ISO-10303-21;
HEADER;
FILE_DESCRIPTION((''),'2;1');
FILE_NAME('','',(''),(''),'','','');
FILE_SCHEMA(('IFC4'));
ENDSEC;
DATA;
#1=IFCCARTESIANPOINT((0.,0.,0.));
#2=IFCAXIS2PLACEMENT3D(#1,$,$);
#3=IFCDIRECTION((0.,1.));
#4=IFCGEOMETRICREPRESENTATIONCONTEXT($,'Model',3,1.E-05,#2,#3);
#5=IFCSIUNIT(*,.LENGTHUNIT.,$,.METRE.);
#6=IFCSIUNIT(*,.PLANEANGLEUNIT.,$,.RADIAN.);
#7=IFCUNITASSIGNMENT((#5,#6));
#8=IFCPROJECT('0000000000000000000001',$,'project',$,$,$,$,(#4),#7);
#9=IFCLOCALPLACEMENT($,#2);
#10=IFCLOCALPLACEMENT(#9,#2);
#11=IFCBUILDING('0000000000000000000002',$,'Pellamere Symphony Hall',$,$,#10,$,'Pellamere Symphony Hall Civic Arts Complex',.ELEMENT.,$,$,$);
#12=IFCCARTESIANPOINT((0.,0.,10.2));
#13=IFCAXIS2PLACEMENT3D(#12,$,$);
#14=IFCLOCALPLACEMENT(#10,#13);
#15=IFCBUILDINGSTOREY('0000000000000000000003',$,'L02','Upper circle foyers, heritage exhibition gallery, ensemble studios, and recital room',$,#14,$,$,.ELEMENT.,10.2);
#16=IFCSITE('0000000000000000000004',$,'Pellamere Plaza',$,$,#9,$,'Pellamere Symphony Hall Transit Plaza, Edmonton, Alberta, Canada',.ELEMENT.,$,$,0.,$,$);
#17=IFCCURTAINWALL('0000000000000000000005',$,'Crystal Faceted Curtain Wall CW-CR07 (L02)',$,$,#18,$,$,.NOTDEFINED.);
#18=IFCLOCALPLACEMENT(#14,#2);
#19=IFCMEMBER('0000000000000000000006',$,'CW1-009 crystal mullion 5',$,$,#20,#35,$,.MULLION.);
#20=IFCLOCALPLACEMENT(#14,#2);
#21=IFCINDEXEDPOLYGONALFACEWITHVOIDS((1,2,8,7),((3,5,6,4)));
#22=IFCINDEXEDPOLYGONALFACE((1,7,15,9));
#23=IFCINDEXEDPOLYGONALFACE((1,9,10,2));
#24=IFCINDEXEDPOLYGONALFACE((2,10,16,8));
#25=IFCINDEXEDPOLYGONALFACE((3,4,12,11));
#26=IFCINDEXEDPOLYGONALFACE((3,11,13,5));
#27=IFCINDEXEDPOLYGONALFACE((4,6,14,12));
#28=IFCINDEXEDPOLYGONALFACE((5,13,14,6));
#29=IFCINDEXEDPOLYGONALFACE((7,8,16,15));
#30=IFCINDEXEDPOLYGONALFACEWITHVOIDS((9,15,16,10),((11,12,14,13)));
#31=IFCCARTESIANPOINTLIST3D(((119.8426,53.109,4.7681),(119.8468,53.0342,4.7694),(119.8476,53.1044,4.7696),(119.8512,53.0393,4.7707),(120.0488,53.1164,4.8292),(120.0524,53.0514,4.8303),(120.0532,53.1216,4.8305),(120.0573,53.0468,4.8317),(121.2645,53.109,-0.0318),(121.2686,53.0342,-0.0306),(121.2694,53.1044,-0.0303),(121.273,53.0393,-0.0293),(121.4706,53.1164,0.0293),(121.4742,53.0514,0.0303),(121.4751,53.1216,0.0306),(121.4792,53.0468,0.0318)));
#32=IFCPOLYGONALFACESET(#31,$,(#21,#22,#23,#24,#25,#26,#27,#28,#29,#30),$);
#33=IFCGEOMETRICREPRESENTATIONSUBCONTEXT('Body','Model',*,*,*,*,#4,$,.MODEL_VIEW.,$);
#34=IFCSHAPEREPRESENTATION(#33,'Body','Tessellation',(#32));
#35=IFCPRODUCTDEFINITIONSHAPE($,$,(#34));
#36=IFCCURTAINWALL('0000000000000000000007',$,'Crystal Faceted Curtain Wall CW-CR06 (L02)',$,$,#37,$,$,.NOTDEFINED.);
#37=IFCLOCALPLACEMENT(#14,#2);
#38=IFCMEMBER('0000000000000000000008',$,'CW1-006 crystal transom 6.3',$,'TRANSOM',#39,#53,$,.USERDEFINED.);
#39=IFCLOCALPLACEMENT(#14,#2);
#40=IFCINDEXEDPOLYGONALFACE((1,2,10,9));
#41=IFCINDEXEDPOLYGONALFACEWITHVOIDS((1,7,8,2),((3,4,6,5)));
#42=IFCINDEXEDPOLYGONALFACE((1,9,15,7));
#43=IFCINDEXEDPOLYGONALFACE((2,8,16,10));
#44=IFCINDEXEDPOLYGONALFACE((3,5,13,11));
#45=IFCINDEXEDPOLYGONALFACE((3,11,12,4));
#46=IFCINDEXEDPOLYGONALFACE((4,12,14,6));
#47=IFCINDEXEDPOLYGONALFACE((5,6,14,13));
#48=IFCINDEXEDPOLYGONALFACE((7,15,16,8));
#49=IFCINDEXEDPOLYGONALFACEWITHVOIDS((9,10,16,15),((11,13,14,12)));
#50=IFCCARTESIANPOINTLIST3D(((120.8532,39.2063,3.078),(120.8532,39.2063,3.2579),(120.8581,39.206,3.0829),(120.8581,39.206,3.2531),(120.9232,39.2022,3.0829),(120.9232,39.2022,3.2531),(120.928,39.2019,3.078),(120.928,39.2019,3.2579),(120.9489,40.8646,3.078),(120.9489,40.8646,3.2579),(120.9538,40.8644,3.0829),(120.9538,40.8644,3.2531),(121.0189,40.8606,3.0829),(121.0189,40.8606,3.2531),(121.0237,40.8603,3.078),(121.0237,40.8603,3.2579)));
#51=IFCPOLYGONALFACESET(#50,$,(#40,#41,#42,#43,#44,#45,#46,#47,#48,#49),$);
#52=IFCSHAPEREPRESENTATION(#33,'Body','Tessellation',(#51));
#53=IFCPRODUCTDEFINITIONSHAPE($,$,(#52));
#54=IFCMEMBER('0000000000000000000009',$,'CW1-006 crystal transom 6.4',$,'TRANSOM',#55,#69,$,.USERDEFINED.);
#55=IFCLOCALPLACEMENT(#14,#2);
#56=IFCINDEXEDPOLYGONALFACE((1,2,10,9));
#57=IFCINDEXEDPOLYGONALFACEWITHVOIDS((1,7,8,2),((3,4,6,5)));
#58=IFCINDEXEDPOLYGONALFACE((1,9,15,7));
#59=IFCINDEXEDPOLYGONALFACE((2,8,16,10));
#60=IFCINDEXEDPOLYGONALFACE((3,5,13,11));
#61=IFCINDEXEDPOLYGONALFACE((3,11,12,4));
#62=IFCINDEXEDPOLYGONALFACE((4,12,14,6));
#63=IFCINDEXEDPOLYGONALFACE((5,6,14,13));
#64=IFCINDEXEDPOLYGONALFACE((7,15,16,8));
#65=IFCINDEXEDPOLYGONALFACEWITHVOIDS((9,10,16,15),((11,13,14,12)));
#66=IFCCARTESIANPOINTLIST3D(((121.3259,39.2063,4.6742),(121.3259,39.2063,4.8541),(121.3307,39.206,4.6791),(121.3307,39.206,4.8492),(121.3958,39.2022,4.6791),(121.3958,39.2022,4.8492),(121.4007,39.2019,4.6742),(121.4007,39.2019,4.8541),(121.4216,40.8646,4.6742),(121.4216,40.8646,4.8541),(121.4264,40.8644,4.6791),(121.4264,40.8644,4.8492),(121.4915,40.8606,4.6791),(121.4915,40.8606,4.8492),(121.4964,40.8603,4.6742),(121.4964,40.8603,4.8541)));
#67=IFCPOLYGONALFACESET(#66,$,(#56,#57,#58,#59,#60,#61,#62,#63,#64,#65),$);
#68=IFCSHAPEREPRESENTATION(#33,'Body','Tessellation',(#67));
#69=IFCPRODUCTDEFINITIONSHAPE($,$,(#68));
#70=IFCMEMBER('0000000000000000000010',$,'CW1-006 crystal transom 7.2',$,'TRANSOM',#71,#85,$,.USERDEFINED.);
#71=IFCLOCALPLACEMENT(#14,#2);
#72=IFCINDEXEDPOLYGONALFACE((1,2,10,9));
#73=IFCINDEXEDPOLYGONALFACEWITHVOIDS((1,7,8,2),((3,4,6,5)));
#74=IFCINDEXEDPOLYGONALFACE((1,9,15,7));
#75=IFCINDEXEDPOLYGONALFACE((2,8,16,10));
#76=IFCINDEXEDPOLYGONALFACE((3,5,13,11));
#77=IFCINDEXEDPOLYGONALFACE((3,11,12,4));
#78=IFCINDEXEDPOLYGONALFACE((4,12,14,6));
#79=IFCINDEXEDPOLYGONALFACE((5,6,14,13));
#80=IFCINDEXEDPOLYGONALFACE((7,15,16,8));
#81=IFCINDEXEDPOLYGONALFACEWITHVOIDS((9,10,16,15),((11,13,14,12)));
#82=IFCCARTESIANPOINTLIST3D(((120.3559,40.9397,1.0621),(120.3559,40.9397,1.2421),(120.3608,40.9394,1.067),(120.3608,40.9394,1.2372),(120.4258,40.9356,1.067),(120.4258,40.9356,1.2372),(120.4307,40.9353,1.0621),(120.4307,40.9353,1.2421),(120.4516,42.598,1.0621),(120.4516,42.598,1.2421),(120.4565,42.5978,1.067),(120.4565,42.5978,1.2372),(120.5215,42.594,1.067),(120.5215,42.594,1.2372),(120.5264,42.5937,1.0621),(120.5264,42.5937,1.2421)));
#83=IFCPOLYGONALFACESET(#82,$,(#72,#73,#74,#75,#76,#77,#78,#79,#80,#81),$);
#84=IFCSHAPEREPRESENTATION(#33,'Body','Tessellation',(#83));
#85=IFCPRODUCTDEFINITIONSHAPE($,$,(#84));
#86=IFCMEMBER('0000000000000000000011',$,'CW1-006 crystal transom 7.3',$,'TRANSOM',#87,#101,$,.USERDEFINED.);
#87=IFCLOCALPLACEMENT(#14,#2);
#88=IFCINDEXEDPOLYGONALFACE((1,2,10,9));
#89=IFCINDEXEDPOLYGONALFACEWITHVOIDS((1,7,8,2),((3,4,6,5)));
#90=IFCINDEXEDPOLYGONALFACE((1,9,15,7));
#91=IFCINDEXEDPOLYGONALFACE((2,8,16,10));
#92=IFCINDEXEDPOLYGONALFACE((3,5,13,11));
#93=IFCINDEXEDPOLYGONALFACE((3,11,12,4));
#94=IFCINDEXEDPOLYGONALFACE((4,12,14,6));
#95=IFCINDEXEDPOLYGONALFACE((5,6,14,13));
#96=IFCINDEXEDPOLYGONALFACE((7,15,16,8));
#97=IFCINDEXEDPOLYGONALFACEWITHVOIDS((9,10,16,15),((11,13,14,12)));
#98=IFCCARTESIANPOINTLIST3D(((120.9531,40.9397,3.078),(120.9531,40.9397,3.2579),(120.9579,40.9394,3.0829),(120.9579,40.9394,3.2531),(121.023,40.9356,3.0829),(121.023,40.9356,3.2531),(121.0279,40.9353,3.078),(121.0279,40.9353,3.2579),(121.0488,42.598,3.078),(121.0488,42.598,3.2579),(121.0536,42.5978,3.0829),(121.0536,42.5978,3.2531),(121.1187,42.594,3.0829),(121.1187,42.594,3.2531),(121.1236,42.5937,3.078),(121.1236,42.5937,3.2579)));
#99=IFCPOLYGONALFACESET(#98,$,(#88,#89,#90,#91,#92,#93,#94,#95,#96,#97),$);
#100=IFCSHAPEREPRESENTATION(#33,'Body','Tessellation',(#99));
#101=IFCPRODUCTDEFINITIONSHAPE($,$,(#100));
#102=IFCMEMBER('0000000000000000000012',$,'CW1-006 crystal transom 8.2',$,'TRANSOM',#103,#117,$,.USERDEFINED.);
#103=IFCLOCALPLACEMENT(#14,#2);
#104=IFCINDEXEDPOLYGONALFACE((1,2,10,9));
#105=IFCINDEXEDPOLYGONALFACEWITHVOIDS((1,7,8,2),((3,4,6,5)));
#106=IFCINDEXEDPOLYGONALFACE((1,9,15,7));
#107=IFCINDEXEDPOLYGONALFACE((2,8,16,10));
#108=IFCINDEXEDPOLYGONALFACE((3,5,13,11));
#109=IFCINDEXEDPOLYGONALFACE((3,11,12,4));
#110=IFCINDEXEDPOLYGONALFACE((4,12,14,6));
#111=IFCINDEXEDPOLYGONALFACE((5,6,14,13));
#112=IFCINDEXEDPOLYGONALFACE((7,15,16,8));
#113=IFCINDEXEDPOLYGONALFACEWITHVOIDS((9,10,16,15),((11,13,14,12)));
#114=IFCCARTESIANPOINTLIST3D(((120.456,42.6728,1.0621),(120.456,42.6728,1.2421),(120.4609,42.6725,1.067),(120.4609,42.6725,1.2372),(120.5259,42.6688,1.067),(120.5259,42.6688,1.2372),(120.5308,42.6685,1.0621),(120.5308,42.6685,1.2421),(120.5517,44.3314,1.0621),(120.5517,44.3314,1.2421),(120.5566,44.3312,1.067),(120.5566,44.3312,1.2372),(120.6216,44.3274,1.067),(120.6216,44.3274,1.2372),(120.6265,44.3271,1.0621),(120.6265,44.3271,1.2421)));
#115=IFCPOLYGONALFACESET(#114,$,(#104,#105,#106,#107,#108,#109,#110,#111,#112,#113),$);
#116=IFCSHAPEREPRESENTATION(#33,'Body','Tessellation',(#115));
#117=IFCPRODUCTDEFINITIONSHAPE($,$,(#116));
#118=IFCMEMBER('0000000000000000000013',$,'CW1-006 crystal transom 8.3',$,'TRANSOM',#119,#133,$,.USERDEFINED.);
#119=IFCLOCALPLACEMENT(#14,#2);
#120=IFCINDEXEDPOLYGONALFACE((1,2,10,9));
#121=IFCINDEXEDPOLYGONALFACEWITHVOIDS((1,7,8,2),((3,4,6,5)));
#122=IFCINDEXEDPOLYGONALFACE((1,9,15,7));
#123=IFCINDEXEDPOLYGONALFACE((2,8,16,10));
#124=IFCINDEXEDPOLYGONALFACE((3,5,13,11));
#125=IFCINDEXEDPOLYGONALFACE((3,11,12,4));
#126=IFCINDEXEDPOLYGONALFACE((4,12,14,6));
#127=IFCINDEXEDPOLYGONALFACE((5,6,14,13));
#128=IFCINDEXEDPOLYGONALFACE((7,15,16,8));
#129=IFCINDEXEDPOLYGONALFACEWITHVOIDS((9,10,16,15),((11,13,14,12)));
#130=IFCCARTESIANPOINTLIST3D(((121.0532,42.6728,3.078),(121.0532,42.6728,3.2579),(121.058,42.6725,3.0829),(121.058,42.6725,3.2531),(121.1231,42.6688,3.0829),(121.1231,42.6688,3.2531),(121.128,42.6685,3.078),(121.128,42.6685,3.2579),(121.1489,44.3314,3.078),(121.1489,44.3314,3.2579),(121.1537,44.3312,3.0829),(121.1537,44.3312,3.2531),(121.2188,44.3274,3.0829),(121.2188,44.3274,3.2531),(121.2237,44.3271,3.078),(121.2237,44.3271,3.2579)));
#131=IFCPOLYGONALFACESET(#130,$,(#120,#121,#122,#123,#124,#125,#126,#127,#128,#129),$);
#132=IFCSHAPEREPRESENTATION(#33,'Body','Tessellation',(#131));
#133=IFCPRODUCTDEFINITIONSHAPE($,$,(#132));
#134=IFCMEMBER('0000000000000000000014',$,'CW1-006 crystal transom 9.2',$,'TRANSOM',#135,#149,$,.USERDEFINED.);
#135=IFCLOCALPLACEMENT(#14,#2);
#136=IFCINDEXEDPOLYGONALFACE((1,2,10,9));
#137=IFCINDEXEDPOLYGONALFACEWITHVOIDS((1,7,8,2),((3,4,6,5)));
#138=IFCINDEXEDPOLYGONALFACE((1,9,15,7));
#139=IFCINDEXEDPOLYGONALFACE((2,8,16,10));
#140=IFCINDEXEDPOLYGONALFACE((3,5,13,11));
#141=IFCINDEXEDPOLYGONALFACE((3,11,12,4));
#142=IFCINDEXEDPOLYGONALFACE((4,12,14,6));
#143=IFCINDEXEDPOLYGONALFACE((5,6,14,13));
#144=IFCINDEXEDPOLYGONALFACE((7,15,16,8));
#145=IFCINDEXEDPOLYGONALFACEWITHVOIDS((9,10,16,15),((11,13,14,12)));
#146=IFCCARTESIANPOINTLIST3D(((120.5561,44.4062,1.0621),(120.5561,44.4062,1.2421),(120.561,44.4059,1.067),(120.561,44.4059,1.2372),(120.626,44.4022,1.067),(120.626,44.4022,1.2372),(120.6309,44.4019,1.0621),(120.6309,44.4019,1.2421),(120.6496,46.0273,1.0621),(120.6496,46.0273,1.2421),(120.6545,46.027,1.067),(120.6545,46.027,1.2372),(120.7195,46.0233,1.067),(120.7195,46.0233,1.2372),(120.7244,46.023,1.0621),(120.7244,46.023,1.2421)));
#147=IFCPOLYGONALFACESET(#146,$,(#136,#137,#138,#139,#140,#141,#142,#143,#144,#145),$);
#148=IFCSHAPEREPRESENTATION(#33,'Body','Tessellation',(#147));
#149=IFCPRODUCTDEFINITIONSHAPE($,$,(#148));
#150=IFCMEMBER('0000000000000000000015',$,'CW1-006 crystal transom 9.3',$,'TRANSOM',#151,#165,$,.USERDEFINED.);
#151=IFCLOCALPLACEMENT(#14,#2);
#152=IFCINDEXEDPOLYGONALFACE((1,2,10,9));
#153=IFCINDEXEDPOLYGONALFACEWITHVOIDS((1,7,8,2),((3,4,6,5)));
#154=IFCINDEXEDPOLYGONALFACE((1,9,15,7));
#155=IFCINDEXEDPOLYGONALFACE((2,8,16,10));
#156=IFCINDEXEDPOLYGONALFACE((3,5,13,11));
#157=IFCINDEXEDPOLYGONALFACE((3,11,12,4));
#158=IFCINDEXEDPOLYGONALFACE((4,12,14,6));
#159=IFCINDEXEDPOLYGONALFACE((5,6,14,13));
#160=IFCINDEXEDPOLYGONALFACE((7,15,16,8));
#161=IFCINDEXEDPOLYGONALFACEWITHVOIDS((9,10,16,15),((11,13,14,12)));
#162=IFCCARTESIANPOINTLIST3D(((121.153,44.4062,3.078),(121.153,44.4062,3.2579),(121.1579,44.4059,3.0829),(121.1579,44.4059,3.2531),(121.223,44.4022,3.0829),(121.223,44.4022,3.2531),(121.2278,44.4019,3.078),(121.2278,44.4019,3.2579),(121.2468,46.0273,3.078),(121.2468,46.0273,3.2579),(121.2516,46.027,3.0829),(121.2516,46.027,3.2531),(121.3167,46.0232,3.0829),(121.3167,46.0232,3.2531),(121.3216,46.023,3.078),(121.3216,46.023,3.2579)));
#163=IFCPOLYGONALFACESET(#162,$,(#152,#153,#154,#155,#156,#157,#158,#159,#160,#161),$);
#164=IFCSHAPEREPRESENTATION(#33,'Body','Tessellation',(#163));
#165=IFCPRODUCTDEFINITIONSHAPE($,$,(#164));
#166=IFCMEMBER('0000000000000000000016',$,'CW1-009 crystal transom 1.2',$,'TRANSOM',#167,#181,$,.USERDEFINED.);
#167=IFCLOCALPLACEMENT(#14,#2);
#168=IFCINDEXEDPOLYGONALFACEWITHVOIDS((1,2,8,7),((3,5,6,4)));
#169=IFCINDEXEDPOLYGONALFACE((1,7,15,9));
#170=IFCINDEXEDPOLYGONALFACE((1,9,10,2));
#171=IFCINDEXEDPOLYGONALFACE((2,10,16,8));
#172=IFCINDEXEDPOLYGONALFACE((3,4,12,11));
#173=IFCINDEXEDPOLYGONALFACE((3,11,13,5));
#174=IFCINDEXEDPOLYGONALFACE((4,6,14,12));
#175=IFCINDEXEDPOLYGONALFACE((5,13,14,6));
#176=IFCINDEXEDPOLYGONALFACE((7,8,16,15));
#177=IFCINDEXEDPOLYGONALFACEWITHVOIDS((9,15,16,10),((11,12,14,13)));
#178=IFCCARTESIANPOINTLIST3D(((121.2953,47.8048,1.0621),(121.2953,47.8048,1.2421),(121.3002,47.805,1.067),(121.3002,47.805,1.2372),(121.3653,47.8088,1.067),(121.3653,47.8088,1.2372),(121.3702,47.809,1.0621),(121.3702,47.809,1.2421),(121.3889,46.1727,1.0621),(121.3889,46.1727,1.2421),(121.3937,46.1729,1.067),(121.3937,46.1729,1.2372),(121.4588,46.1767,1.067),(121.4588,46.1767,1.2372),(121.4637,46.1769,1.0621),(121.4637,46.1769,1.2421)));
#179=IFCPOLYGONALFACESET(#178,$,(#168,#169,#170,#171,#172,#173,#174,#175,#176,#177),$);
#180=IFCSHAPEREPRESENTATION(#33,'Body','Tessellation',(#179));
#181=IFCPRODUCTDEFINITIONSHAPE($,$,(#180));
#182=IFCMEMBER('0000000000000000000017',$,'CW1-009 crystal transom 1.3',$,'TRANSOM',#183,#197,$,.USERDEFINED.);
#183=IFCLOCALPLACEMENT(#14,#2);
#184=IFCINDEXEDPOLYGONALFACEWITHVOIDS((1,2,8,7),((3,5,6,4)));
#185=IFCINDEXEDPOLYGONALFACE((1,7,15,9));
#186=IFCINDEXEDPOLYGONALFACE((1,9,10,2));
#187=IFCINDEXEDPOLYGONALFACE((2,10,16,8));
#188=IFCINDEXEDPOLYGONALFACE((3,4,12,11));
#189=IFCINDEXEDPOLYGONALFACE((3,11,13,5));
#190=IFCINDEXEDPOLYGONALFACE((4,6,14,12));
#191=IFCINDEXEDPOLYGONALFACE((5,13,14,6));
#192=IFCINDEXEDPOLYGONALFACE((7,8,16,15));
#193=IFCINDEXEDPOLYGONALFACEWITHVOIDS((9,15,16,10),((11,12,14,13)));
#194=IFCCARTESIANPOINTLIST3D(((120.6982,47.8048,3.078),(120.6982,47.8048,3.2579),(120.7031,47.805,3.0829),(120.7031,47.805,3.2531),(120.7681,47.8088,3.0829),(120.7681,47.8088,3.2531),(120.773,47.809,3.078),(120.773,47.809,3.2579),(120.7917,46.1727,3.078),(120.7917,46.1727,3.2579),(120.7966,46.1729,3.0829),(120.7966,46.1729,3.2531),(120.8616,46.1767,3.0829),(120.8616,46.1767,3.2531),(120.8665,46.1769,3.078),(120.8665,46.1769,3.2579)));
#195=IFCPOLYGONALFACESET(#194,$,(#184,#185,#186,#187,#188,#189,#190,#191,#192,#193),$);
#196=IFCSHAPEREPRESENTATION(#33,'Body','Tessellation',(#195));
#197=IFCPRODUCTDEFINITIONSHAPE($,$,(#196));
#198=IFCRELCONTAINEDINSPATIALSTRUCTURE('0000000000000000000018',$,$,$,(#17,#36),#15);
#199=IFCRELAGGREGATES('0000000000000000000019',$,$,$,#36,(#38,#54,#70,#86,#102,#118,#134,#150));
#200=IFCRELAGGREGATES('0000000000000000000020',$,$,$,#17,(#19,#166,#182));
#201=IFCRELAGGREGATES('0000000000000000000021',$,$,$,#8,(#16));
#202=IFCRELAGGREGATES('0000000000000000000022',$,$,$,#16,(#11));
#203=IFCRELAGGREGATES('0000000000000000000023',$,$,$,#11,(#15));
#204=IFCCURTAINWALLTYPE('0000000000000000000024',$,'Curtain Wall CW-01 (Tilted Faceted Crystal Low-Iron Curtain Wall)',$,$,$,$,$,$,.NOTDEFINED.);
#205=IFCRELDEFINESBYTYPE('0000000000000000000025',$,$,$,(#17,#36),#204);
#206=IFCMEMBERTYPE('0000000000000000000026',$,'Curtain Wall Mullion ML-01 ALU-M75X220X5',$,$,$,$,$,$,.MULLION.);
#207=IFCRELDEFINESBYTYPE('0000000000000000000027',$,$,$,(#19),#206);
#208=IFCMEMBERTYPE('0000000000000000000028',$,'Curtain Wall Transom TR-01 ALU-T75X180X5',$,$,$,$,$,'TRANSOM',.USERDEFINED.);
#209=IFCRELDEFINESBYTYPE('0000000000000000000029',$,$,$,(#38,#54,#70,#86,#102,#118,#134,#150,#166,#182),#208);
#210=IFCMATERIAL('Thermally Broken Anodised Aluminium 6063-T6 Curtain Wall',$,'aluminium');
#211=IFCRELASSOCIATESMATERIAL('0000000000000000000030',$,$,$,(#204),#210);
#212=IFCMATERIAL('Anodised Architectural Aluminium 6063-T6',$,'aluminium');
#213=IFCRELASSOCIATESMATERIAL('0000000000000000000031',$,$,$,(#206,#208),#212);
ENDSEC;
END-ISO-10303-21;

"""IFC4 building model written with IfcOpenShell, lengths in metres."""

from ifc_helpers import new_model, si_unit, direction, frame, origin, origin_2d, place, context, subcontext, project, spatial, hollow_rectangle, extrude, material, material_profile, profile_set, type_object, element, aggregate, save


model = new_model("IFC4")

# Units and contexts
model_context = context("Model", 3, precision=1e-05, world=origin(), true_north=direction((0.0, 1.0)))
body_context = subcontext(model_context, "Body", "Model", "MODEL_VIEW")
ifc_project = project(units=[si_unit("LENGTHUNIT", "METRE"), si_unit("PLANEANGLEUNIT", "RADIAN")], contexts=[model_context])

# Site, building, storey
site_placement = place(None, origin())
site = spatial("IfcSite", under=ifc_project, at=site_placement, Name="Pellamere Plaza", LongName="Pellamere Symphony Hall Transit Plaza, Edmonton, Alberta, Canada", CompositionType="ELEMENT", RefElevation=0.0)
building_placement = place(site_placement, origin())
building = spatial("IfcBuilding", under=site, at=building_placement, Name="Pellamere Symphony Hall", LongName="Pellamere Symphony Hall Civic Arts Complex", CompositionType="ELEMENT")
storey_placement = place(building_placement, frame((0.0, 0.0, 10.2)))
storey = spatial("IfcBuildingStorey", under=building, at=storey_placement, Name="L02", Description="Upper circle foyers, heritage exhibition gallery, ensemble studios, and recital room", CompositionType="ELEMENT", Elevation=10.2)

# Curtain wall, member
ifc_material_1 = material(Name="Thermally Broken Anodised Aluminium 6063-T6 Curtain Wall", Category="aluminium")
curtain_wall_type = type_object("IfcCurtainWallType", Name="Curtain Wall CW-01 (Tilted Faceted Crystal Low-Iron Curtain Wall)", PredefinedType="NOTDEFINED", material=ifc_material_1)
curtain_wall_1_placement = place(storey_placement, origin())
curtain_wall_1 = element("IfcCurtainWall", 1, at=curtain_wall_1_placement, inside=storey, type_object=curtain_wall_type, Name="Crystal Faceted Curtain Wall CW-CR07 (L02)", PredefinedType="NOTDEFINED")
ifc_material_2 = material(Name="Anodised Architectural Aluminium 6063-T6", Category="aluminium")
ifc_material_profile_1 = material_profile(ifc_material_2, hollow_rectangle(XDim=0.075, YDim=0.22, WallThickness=0.0049, at=origin_2d()), Name="ALU-M75X220X5")
ifc_profile_set_1 = profile_set([ifc_material_profile_1], Name="Anodised Architectural Aluminium 6063-T6")
member_type_1 = type_object("IfcMemberType", Name="Curtain Wall Mullion ML-01 ALU-M75X220X5", PredefinedType="MULLION", material=ifc_profile_set_1)
member_1_placement = place(storey_placement, frame((121.3718, 53.0779, 0.0), z_axis=(-0.284022, 0.0, 0.958818), x_axis=(-0.054874, 0.998361, -0.016255)))
member_1 = element("IfcMember", 2, at=member_1_placement, type_object=member_type_1, Name="CW1-009 crystal mullion 5", PredefinedType="MULLION", context=body_context, shape_type="SweptSolid", body=[
    extrude(hollow_rectangle(XDim=0.075, YDim=0.22, WallThickness=0.0049, at=origin_2d()), origin(), (0.0, 0.0, 1.0), 5.0061),
])

# Curtain wall, members
curtain_wall_2_placement = place(storey_placement, origin())
curtain_wall_2 = element("IfcCurtainWall", 3, at=curtain_wall_2_placement, inside=storey, type_object=curtain_wall_type, Name="Crystal Faceted Curtain Wall CW-CR06 (L02)", PredefinedType="NOTDEFINED")
ifc_material_profile_2 = material_profile(ifc_material_2, hollow_rectangle(XDim=0.075, YDim=0.1799, WallThickness=0.0049, at=origin_2d()), Name="ALU-T75X180X5")
ifc_profile_set_2 = profile_set([ifc_material_profile_2], Name="Anodised Architectural Aluminium 6063-T6")
member_type_2 = type_object("IfcMemberType", Name="Curtain Wall Transom TR-01 ALU-T75X180X5", ElementType="TRANSOM", PredefinedType="USERDEFINED", material=ifc_profile_set_2)
member_2_placement = place(storey_placement, frame((120.8906, 39.2041, 3.168), z_axis=(0.057611, 0.998339, 0.0), x_axis=(-0.998339, 0.057611, 0.0)))
member_2 = element("IfcMember", 4, at=member_2_placement, type_object=member_type_2, Name="CW1-006 crystal transom 6.3", ObjectType="TRANSOM", PredefinedType="USERDEFINED", context=body_context, shape_type="SweptSolid", body=[
    extrude(hollow_rectangle(XDim=0.075, YDim=0.1799, WallThickness=0.0049, at=origin_2d()), origin(), (0.0, 0.0, 1.0), 1.6611),
])
member_3_placement = place(storey_placement, frame((121.3633, 39.2041, 4.7642), z_axis=(0.057611, 0.998339, 0.0), x_axis=(-0.998339, 0.057611, 0.0)))
member_3 = element("IfcMember", 5, at=member_3_placement, type_object=member_type_2, Name="CW1-006 crystal transom 6.4", ObjectType="TRANSOM", PredefinedType="USERDEFINED", context=body_context, shape_type="SweptSolid", body=[
    extrude(hollow_rectangle(XDim=0.075, YDim=0.1799, WallThickness=0.0049, at=origin_2d()), origin(), (0.0, 0.0, 1.0), 1.6611),
])
member_4_placement = place(storey_placement, frame((120.3933, 40.9375, 1.1521), z_axis=(0.057611, 0.998339, 0.0), x_axis=(-0.998339, 0.057611, 0.0)))
member_4 = element("IfcMember", 6, at=member_4_placement, type_object=member_type_2, Name="CW1-006 crystal transom 7.2", ObjectType="TRANSOM", PredefinedType="USERDEFINED", context=body_context, shape_type="SweptSolid", body=[
    extrude(hollow_rectangle(XDim=0.075, YDim=0.1799, WallThickness=0.0049, at=origin_2d()), origin(), (0.0, 0.0, 1.0), 1.6611),
])
member_5_placement = place(storey_placement, frame((120.9905, 40.9375, 3.168), z_axis=(0.057611, 0.998339, 0.0), x_axis=(-0.998339, 0.057611, 0.0)))
member_5 = element("IfcMember", 7, at=member_5_placement, type_object=member_type_2, Name="CW1-006 crystal transom 7.3", ObjectType="TRANSOM", PredefinedType="USERDEFINED", context=body_context, shape_type="SweptSolid", body=[
    extrude(hollow_rectangle(XDim=0.075, YDim=0.1799, WallThickness=0.0049, at=origin_2d()), origin(), (0.0, 0.0, 1.0), 1.6611),
])
member_6_placement = place(storey_placement, frame((120.4934, 42.6707, 1.1521), z_axis=(0.057602, 0.99834, 0.0), x_axis=(-0.99834, 0.057602, 0.0)))
member_6 = element("IfcMember", 8, at=member_6_placement, type_object=member_type_2, Name="CW1-006 crystal transom 8.2", ObjectType="TRANSOM", PredefinedType="USERDEFINED", context=body_context, shape_type="SweptSolid", body=[
    extrude(hollow_rectangle(XDim=0.075, YDim=0.1799, WallThickness=0.0049, at=origin_2d()), origin(), (0.0, 0.0, 1.0), 1.6614),
])
member_7_placement = place(storey_placement, frame((121.0906, 42.6707, 3.168), z_axis=(0.057602, 0.99834, 0.0), x_axis=(-0.99834, 0.057602, 0.0)))
member_7 = element("IfcMember", 9, at=member_7_placement, type_object=member_type_2, Name="CW1-006 crystal transom 8.3", ObjectType="TRANSOM", PredefinedType="USERDEFINED", context=body_context, shape_type="SweptSolid", body=[
    extrude(hollow_rectangle(XDim=0.075, YDim=0.1799, WallThickness=0.0049, at=origin_2d()), origin(), (0.0, 0.0, 1.0), 1.6614),
])
member_8_placement = place(storey_placement, frame((120.5935, 44.4041, 1.1521), z_axis=(0.057585, 0.998341, 0.0), x_axis=(-0.998341, 0.057585, 0.0)))
member_8 = element("IfcMember", 10, at=member_8_placement, type_object=member_type_2, Name="CW1-006 crystal transom 9.2", ObjectType="TRANSOM", PredefinedType="USERDEFINED", context=body_context, shape_type="SweptSolid", body=[
    extrude(hollow_rectangle(XDim=0.075, YDim=0.1799, WallThickness=0.0049, at=origin_2d()), origin(), (0.0, 0.0, 1.0), 1.6238),
])
member_9_placement = place(storey_placement, frame((121.1904, 44.4041, 3.168), z_axis=(0.057735, 0.998332, 0.0), x_axis=(-0.998332, 0.057735, 0.0)))
member_9 = element("IfcMember", 11, at=member_9_placement, type_object=member_type_2, Name="CW1-006 crystal transom 9.3", ObjectType="TRANSOM", PredefinedType="USERDEFINED", context=body_context, shape_type="SweptSolid", body=[
    extrude(hollow_rectangle(XDim=0.075, YDim=0.1799, WallThickness=0.0049, at=origin_2d()), origin(), (0.0, 0.0, 1.0), 1.6238),
])

# Members
member_10_placement = place(storey_placement, frame((121.4263, 46.1748, 1.1521), z_axis=(-0.057199, 0.998363, 0.0), x_axis=(-0.998363, -0.057199, 0.0)))
member_10 = element("IfcMember", 12, at=member_10_placement, type_object=member_type_2, Name="CW1-009 crystal transom 1.2", ObjectType="TRANSOM", PredefinedType="USERDEFINED", context=body_context, shape_type="SweptSolid", body=[
    extrude(hollow_rectangle(XDim=0.075, YDim=0.1799, WallThickness=0.0049, at=origin_2d()), origin(), (0.0, 0.0, 1.0), 1.6348),
])
member_11_placement = place(storey_placement, frame((120.8291, 46.1748, 3.168), z_axis=(-0.057199, 0.998363, 0.0), x_axis=(-0.998363, -0.057199, 0.0)))
member_11 = element("IfcMember", 13, at=member_11_placement, type_object=member_type_2, Name="CW1-009 crystal transom 1.3", ObjectType="TRANSOM", PredefinedType="USERDEFINED", context=body_context, shape_type="SweptSolid", body=[
    extrude(hollow_rectangle(XDim=0.075, YDim=0.1799, WallThickness=0.0049, at=origin_2d()), origin(), (0.0, 0.0, 1.0), 1.6348),
])

aggregate(curtain_wall_2, [member_2, member_3, member_4, member_5, member_6, member_7, member_8, member_9])
aggregate(curtain_wall_1, [member_1, member_10, member_11])

save(model, "model.ifc")
